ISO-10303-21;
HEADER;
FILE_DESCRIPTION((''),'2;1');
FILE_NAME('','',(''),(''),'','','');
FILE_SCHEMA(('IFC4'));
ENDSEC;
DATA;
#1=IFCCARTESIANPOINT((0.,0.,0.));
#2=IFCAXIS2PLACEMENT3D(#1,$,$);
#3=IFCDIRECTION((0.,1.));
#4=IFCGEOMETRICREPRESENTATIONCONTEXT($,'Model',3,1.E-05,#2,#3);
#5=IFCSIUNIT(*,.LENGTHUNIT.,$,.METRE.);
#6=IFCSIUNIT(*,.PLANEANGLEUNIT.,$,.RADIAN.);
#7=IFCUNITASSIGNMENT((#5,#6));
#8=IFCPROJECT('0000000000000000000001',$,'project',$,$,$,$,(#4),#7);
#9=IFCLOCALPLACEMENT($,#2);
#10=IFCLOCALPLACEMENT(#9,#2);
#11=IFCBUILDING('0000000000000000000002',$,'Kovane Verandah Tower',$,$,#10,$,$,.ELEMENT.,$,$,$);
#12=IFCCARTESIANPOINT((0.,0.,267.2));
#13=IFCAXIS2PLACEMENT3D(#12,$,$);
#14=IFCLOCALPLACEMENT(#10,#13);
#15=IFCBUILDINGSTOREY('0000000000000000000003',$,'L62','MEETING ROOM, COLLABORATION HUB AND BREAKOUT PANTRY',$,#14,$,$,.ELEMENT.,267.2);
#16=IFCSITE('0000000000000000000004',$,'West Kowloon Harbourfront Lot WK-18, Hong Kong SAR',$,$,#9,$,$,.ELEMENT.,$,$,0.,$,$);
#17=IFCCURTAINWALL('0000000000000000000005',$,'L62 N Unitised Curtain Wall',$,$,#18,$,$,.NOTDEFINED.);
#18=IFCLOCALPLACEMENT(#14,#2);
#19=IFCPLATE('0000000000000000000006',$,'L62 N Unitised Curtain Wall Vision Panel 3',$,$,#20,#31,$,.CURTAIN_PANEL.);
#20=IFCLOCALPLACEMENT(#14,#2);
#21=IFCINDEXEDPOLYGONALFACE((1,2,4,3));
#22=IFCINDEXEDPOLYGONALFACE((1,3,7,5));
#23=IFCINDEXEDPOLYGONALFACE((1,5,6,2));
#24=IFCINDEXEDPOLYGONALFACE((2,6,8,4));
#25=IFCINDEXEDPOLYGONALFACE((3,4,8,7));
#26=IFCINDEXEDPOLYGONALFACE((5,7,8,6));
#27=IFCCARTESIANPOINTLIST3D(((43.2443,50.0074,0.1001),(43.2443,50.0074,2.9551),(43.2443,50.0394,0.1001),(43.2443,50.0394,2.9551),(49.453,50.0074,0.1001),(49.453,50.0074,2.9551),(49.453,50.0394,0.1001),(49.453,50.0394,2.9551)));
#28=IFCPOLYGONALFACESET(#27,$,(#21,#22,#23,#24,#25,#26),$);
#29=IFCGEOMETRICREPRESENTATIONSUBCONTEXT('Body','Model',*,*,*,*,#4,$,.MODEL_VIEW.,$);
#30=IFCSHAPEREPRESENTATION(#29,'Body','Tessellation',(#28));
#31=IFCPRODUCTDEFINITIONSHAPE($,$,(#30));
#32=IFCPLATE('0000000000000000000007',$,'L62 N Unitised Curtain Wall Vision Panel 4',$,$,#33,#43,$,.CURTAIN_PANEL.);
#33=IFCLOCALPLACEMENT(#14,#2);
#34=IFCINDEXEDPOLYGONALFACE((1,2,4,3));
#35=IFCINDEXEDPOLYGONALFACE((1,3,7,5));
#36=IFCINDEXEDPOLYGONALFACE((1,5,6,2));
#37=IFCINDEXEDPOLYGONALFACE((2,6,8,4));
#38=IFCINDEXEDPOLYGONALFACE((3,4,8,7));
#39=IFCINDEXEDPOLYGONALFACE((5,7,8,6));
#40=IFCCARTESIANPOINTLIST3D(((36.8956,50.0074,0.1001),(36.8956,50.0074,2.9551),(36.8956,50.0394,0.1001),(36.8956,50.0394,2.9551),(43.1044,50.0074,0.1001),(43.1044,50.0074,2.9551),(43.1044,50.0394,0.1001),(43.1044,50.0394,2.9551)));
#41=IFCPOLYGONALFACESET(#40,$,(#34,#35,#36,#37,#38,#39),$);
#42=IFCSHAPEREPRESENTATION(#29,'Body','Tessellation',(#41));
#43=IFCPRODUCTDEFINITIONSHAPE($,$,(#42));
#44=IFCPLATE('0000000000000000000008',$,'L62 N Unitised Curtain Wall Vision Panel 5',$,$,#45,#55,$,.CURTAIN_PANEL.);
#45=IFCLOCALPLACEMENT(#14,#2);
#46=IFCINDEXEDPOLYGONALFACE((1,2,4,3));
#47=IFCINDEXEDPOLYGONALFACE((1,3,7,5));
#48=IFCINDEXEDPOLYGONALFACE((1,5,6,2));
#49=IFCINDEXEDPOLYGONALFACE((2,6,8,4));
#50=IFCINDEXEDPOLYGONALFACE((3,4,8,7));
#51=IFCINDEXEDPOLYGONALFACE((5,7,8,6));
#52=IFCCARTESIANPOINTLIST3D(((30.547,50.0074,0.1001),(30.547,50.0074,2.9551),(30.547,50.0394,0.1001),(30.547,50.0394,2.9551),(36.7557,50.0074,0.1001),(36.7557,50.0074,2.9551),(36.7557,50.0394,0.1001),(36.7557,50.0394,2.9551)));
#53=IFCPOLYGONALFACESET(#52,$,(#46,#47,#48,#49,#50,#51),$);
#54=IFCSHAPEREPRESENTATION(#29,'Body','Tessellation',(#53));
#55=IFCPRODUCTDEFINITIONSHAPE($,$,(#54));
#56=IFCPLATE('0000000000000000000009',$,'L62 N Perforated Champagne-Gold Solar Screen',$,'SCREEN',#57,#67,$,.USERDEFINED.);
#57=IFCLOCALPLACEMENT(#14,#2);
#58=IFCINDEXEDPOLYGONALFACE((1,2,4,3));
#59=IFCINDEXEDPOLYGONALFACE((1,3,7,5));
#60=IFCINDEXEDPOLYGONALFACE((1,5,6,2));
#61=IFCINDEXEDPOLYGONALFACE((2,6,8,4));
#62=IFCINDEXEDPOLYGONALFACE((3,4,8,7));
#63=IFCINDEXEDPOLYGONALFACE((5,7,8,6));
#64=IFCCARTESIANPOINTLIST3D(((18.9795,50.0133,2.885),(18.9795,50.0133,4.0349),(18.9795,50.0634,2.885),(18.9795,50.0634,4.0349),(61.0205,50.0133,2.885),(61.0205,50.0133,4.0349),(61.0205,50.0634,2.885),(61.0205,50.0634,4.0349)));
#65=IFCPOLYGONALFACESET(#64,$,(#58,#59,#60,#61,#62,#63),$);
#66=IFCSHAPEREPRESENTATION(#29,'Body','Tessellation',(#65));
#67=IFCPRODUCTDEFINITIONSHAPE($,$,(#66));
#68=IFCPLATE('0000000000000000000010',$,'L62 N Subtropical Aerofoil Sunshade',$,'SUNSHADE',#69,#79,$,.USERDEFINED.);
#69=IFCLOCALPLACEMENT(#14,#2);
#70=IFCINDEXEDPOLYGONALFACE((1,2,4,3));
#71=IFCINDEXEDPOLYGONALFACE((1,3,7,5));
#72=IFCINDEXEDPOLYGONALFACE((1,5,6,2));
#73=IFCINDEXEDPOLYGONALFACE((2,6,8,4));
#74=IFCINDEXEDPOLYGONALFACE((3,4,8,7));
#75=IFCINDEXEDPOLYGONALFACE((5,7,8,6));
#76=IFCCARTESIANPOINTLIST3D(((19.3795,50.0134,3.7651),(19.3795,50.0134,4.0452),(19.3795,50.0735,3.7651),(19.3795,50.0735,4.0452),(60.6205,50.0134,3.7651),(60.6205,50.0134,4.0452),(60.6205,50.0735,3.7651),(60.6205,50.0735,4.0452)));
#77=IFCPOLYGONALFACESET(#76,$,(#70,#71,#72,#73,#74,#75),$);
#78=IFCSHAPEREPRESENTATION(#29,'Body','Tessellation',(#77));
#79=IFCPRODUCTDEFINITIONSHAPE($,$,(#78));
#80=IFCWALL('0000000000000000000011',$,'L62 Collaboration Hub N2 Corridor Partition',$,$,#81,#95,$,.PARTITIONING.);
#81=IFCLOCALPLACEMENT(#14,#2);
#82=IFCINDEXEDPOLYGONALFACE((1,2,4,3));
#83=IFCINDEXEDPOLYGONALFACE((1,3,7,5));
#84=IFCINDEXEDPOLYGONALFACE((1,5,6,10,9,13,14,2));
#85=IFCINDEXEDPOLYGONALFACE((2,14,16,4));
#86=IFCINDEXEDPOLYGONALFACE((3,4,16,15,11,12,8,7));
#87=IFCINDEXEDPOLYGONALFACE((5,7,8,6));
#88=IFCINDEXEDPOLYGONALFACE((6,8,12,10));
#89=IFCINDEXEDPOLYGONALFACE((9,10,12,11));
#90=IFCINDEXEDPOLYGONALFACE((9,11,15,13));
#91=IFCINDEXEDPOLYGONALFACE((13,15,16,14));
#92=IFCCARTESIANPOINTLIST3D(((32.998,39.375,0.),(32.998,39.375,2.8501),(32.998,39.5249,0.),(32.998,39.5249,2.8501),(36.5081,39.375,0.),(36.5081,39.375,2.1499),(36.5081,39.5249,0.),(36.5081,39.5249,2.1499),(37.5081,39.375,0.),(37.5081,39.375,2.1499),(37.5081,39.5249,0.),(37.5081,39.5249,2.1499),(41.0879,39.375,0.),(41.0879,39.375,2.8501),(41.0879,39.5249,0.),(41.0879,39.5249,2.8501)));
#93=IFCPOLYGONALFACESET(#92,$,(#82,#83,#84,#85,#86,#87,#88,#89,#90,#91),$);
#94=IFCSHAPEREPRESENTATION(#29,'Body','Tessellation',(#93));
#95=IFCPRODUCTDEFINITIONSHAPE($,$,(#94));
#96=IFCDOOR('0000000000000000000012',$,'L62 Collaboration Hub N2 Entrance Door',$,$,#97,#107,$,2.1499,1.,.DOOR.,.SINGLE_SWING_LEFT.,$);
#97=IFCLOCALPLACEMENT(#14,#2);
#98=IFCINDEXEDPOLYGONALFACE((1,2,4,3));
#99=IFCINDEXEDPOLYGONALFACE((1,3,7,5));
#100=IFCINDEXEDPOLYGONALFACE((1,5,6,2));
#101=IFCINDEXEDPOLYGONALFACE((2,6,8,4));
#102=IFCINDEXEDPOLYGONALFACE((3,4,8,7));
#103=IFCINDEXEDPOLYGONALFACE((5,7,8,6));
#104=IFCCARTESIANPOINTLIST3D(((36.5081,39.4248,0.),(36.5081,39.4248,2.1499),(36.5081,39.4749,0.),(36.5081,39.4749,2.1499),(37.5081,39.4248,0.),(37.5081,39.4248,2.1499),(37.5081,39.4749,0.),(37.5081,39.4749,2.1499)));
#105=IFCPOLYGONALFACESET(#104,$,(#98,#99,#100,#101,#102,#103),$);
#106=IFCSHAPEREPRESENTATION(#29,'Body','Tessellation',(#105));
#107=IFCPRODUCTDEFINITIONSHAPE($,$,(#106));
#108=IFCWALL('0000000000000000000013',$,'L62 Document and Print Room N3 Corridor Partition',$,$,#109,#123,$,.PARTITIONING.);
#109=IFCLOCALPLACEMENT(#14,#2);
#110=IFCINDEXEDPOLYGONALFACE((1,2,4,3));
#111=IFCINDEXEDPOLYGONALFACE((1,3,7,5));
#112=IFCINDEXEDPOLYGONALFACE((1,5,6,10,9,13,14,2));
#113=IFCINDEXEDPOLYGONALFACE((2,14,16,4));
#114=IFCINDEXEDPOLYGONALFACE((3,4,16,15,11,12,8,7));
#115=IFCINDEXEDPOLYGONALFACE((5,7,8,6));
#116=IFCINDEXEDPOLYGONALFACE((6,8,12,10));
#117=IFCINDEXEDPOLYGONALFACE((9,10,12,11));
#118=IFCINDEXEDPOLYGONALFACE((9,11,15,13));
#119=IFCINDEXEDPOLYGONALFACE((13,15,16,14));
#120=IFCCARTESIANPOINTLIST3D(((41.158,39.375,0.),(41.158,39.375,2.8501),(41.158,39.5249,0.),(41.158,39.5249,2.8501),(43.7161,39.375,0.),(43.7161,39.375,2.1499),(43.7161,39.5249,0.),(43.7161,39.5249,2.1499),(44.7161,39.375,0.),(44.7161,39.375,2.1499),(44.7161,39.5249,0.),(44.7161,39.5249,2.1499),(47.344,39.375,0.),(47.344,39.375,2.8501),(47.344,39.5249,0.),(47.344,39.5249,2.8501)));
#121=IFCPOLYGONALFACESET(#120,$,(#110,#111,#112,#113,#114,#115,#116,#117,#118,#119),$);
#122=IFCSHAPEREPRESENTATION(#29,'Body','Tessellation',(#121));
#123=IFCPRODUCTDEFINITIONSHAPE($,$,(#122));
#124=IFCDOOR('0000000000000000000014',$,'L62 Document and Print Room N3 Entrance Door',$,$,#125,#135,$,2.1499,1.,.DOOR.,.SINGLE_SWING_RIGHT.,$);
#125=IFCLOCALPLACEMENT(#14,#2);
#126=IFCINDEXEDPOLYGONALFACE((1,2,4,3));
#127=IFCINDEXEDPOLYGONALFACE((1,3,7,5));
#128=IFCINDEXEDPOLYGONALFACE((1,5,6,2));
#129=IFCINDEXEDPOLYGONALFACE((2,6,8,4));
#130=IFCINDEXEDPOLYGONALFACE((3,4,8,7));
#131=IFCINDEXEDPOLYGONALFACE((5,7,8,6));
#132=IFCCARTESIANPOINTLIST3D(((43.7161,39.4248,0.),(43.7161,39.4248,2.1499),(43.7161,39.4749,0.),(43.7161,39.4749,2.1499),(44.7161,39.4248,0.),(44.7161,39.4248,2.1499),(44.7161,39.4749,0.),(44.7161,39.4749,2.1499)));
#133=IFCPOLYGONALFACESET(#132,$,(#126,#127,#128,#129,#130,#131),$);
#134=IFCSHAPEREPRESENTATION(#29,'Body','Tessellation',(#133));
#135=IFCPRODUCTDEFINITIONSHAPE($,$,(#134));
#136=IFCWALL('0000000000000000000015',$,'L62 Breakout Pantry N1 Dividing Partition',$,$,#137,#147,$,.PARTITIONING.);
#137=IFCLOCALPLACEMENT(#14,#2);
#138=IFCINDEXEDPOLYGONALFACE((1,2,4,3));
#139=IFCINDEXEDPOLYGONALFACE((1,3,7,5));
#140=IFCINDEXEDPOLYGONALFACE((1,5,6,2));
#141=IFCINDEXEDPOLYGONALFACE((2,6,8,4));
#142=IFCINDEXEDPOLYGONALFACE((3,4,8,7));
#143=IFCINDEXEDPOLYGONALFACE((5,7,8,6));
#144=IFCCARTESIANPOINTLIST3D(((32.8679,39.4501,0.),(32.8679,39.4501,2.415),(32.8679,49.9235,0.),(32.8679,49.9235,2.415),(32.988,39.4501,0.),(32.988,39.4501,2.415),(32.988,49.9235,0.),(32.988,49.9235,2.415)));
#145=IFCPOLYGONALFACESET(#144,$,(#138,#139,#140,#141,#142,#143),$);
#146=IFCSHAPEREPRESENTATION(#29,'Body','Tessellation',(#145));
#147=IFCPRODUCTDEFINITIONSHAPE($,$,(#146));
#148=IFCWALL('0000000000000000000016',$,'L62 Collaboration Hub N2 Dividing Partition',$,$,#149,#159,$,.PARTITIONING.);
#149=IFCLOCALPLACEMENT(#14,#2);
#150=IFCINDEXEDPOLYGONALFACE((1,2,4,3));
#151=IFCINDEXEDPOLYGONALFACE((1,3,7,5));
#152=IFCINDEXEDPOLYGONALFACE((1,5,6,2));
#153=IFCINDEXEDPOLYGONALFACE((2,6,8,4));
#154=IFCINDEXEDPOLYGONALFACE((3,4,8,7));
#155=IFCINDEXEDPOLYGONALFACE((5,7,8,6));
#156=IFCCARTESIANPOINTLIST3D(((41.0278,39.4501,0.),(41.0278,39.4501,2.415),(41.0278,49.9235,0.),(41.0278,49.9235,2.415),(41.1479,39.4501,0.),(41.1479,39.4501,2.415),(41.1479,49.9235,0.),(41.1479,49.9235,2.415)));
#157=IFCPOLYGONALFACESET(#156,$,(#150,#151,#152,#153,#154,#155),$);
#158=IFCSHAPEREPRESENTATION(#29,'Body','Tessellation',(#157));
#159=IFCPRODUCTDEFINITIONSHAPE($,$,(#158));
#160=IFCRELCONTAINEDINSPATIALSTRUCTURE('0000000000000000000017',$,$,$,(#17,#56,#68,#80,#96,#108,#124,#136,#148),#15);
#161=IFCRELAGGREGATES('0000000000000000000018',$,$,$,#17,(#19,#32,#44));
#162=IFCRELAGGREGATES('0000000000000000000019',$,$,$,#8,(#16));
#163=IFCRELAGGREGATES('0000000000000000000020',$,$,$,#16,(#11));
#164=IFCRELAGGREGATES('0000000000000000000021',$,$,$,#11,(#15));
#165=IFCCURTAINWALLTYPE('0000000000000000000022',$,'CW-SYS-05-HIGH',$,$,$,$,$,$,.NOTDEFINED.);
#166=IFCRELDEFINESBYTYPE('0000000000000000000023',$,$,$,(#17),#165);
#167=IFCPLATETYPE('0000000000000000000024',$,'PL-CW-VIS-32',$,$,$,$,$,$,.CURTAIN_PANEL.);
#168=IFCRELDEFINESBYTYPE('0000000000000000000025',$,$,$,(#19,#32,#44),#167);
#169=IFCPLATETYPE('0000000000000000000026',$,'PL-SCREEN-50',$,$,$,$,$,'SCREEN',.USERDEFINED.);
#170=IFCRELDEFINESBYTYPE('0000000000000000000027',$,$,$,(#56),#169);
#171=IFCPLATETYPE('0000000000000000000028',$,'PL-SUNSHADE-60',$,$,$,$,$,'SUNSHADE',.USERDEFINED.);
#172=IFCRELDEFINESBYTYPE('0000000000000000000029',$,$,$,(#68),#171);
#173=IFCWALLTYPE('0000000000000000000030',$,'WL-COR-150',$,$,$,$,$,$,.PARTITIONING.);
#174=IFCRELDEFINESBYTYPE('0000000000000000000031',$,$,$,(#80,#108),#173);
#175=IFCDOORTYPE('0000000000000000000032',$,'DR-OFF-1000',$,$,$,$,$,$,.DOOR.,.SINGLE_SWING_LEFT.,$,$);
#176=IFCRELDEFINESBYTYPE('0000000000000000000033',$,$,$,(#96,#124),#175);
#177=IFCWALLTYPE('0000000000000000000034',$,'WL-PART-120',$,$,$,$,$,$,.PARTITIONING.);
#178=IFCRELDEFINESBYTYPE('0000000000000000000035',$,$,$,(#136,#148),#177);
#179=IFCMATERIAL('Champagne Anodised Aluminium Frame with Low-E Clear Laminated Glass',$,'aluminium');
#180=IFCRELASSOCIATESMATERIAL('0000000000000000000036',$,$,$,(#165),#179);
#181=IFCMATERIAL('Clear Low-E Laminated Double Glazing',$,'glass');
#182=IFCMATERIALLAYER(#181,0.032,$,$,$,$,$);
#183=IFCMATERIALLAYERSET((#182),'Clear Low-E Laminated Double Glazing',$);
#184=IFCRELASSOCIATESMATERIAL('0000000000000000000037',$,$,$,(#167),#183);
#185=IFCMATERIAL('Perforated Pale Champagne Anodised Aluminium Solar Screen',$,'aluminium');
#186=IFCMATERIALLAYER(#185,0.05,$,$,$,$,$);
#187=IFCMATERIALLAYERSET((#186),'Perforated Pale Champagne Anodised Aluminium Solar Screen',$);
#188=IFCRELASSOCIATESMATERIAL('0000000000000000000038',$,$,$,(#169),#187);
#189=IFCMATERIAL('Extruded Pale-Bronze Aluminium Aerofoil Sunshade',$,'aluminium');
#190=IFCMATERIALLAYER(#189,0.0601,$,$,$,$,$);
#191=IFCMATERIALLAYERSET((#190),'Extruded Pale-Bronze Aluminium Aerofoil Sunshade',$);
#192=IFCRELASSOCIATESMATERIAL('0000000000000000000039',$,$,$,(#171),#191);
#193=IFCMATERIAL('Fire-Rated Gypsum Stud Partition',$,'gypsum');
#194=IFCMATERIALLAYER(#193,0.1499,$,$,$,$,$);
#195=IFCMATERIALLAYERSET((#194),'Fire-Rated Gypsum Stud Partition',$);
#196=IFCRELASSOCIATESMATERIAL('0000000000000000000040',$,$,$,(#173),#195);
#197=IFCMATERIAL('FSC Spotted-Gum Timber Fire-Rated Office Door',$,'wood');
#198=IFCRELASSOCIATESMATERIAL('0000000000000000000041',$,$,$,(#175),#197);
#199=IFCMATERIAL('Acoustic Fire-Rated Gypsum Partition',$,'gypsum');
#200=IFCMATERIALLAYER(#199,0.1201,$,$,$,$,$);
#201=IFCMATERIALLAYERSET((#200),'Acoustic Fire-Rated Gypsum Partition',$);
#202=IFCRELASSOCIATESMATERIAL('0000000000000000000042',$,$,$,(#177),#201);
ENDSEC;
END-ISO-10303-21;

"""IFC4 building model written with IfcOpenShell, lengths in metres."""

from ifc_helpers import new_model, si_unit, direction, frame, frame_2d, origin, origin_2d, place, context, subcontext, project, spatial, rectangle, extrude, material, layer, layer_set, type_object, element, fill, aggregate, save


model = new_model("IFC4")

# Units and contexts
model_context = context("Model", 3, precision=1e-05, world=origin(), true_north=direction((0.0, 1.0)))
body_context = subcontext(model_context, "Body", "Model", "MODEL_VIEW")
ifc_project = project(units=[si_unit("LENGTHUNIT", "METRE"), si_unit("PLANEANGLEUNIT", "RADIAN")], contexts=[model_context])

# Site, building, storey
site_placement = place(None, origin())
site = spatial("IfcSite", under=ifc_project, at=site_placement, Name="West Kowloon Harbourfront Lot WK-18, Hong Kong SAR", CompositionType="ELEMENT", RefElevation=0.0)
building_placement = place(site_placement, origin())
building = spatial("IfcBuilding", under=site, at=building_placement, Name="Kovane Verandah Tower", CompositionType="ELEMENT")
storey_placement = place(building_placement, frame((0.0, 0.0, 267.2)))
storey = spatial("IfcBuildingStorey", under=building, at=storey_placement, Name="L62", Description="MEETING ROOM, COLLABORATION HUB AND BREAKOUT PANTRY", CompositionType="ELEMENT", Elevation=267.2)

# Curtain wall, plates
ifc_material_1 = material(Name="Champagne Anodised Aluminium Frame with Low-E Clear Laminated Glass", Category="aluminium")
curtain_wall_type = type_object("IfcCurtainWallType", Name="CW-SYS-05-HIGH", PredefinedType="NOTDEFINED", material=ifc_material_1)
curtain_wall_placement = place(storey_placement, origin())
curtain_wall = element("IfcCurtainWall", 1, at=curtain_wall_placement, inside=storey, type_object=curtain_wall_type, Name="L62 N Unitised Curtain Wall", PredefinedType="NOTDEFINED")
ifc_material_2 = material(Name="Clear Low-E Laminated Double Glazing", Category="glass")
ifc_layer_1 = layer(ifc_material_2, 0.032)
ifc_layer_set_1 = layer_set([ifc_layer_1], Name="Clear Low-E Laminated Double Glazing")
plate_type_1 = type_object("IfcPlateType", Name="PL-CW-VIS-32", PredefinedType="CURTAIN_PANEL", material=ifc_layer_set_1)
plate_1_placement = place(storey_placement, frame((46.3486, 50.0234, 0.1001), z_axis=(0.0, 0.0, 1.0), x_axis=(-1.0, 0.0, 0.0)))
plate_1 = element("IfcPlate", 2, at=plate_1_placement, type_object=plate_type_1, Name="L62 N Unitised Curtain Wall Vision Panel 3", PredefinedType="CURTAIN_PANEL", context=body_context, shape_type="SweptSolid", body=[
    extrude(rectangle(XDim=6.2087, YDim=0.032, at=origin_2d()), origin(), (0.0, 0.0, 1.0), 2.855),
])
plate_2_placement = place(storey_placement, frame((40.0, 50.0234, 0.1001), z_axis=(0.0, 0.0, 1.0), x_axis=(-1.0, 0.0, 0.0)))
plate_2 = element("IfcPlate", 3, at=plate_2_placement, type_object=plate_type_1, Name="L62 N Unitised Curtain Wall Vision Panel 4", PredefinedType="CURTAIN_PANEL", context=body_context, shape_type="SweptSolid", body=[
    extrude(rectangle(XDim=6.2087, YDim=0.032, at=origin_2d()), origin(), (0.0, 0.0, 1.0), 2.855),
])
plate_3_placement = place(storey_placement, frame((33.6514, 50.0234, 0.1001), z_axis=(0.0, 0.0, 1.0), x_axis=(-1.0, 0.0, 0.0)))
plate_3 = element("IfcPlate", 4, at=plate_3_placement, type_object=plate_type_1, Name="L62 N Unitised Curtain Wall Vision Panel 5", PredefinedType="CURTAIN_PANEL", context=body_context, shape_type="SweptSolid", body=[
    extrude(rectangle(XDim=6.2087, YDim=0.032, at=origin_2d()), origin(), (0.0, 0.0, 1.0), 2.855),
])
aggregate(curtain_wall, [plate_1, plate_2, plate_3])

# Plates
ifc_material_3 = material(Name="Perforated Pale Champagne Anodised Aluminium Solar Screen", Category="aluminium")
ifc_layer_2 = layer(ifc_material_3, 0.05)
ifc_layer_set_2 = layer_set([ifc_layer_2], Name="Perforated Pale Champagne Anodised Aluminium Solar Screen")
plate_type_2 = type_object("IfcPlateType", Name="PL-SCREEN-50", ElementType="SCREEN", PredefinedType="USERDEFINED", material=ifc_layer_set_2)
plate_4_placement = place(storey_placement, frame((40.0, 50.0383, 2.885), z_axis=(0.0, 0.0, 1.0), x_axis=(-1.0, 0.0, 0.0)))
element("IfcPlate", 5, at=plate_4_placement, inside=storey, type_object=plate_type_2, Name="L62 N Perforated Champagne-Gold Solar Screen", ObjectType="SCREEN", PredefinedType="USERDEFINED", context=body_context, shape_type="SweptSolid", body=[
    extrude(rectangle(XDim=42.041, YDim=0.05, at=origin_2d()), origin(), (0.0, 0.0, 1.0), 1.1499),
])
ifc_material_4 = material(Name="Extruded Pale-Bronze Aluminium Aerofoil Sunshade", Category="aluminium")
ifc_layer_3 = layer(ifc_material_4, 0.0601)
ifc_layer_set_3 = layer_set([ifc_layer_3], Name="Extruded Pale-Bronze Aluminium Aerofoil Sunshade")
plate_type_3 = type_object("IfcPlateType", Name="PL-SUNSHADE-60", ElementType="SUNSHADE", PredefinedType="USERDEFINED", material=ifc_layer_set_3)
plate_5_placement = place(storey_placement, frame((40.0, 50.0435, 3.7651), z_axis=(0.0, 0.0, 1.0), x_axis=(-1.0, 0.0, 0.0)))
element("IfcPlate", 6, at=plate_5_placement, inside=storey, type_object=plate_type_3, Name="L62 N Subtropical Aerofoil Sunshade", ObjectType="SUNSHADE", PredefinedType="USERDEFINED", context=body_context, shape_type="SweptSolid", body=[
    extrude(rectangle(XDim=41.241, YDim=0.0601, at=origin_2d()), origin(), (0.0, 0.0, 1.0), 0.28),
])

# Walls, openings, doors
ifc_material_5 = material(Name="Fire-Rated Gypsum Stud Partition", Category="gypsum")
ifc_layer_4 = layer(ifc_material_5, 0.1499)
ifc_layer_set_4 = layer_set([ifc_layer_4], Name="Fire-Rated Gypsum Stud Partition")
wall_type_1 = type_object("IfcWallType", Name="WL-COR-150", PredefinedType="PARTITIONING", material=ifc_layer_set_4)
wall_1_placement = place(storey_placement, frame((32.998, 39.45, 0.0), z_axis=(0.0, 0.0, 1.0), x_axis=(1.0, 0.0, 0.0)))
wall_1 = element("IfcWall", 7, at=wall_1_placement, inside=storey, type_object=wall_type_1, Name="L62 Collaboration Hub N2 Corridor Partition", PredefinedType="PARTITIONING", context=body_context, shape_type="SweptSolid", body=[
    extrude(rectangle(XDim=8.0898, YDim=0.1499, at=frame_2d((4.0449, 0.0))), origin(), (0.0, 0.0, 1.0), 2.8501),
])
opening_1_placement = place(wall_1_placement, frame((3.51, 0.0, 0.0)))
opening_1 = element("IfcOpeningElement", 8, at=opening_1_placement, cuts=wall_1, PredefinedType="OPENING", context=body_context, shape_type="SweptSolid", body=[
    extrude(rectangle(XDim=1.0, YDim=2.1499, at=frame_2d((0.5, 1.075))), frame((0.0, 0.075, 0.0), z_axis=(0.0, -1.0, 0.0), x_axis=(1.0, 0.0, 0.0)), (0.0, 0.0, 1.0), 0.1499),
])
ifc_material_6 = material(Name="FSC Spotted-Gum Timber Fire-Rated Office Door", Category="wood")
door_type = type_object("IfcDoorType", Name="DR-OFF-1000", OperationType="SINGLE_SWING_LEFT", PredefinedType="DOOR", material=ifc_material_6)
door_1_placement = place(opening_1_placement, origin())
door_1 = element("IfcDoor", 9, at=door_1_placement, inside=storey, type_object=door_type, Name="L62 Collaboration Hub N2 Entrance Door", OperationType="SINGLE_SWING_LEFT", OverallHeight=2.1499, OverallWidth=1.0, PredefinedType="DOOR", context=body_context, shape_type="SweptSolid", body=[
    extrude(rectangle(XDim=1.0, YDim=2.1499, at=frame_2d((0.5, 1.075))), frame((0.0, 0.0249, 0.0), z_axis=(0.0, -1.0, 0.0), x_axis=(1.0, 0.0, 0.0)), (0.0, 0.0, 1.0), 0.05),
])
fill(opening_1, door_1)
wall_2_placement = place(storey_placement, frame((41.158, 39.45, 0.0), z_axis=(0.0, 0.0, 1.0), x_axis=(1.0, 0.0, 0.0)))
wall_2 = element("IfcWall", 10, at=wall_2_placement, inside=storey, type_object=wall_type_1, Name="L62 Document and Print Room N3 Corridor Partition", PredefinedType="PARTITIONING", context=body_context, shape_type="SweptSolid", body=[
    extrude(rectangle(XDim=6.186, YDim=0.1499, at=frame_2d((3.093, 0.0))), origin(), (0.0, 0.0, 1.0), 2.8501),
])
opening_2_placement = place(wall_2_placement, frame((2.5581, 0.0, 0.0)))
opening_2 = element("IfcOpeningElement", 11, at=opening_2_placement, cuts=wall_2, PredefinedType="OPENING", context=body_context, shape_type="SweptSolid", body=[
    extrude(rectangle(XDim=1.0, YDim=2.1499, at=frame_2d((0.5, 1.075))), frame((0.0, 0.075, 0.0), z_axis=(0.0, -1.0, 0.0), x_axis=(1.0, 0.0, 0.0)), (0.0, 0.0, 1.0), 0.1499),
])
door_2_placement = place(opening_2_placement, origin())
door_2 = element("IfcDoor", 12, at=door_2_placement, inside=storey, type_object=door_type, Name="L62 Document and Print Room N3 Entrance Door", OperationType="SINGLE_SWING_RIGHT", OverallHeight=2.1499, OverallWidth=1.0, PredefinedType="DOOR", context=body_context, shape_type="SweptSolid", body=[
    extrude(rectangle(XDim=1.0, YDim=2.1499, at=frame_2d((0.5, 1.075))), frame((0.0, 0.0249, 0.0), z_axis=(0.0, -1.0, 0.0), x_axis=(1.0, 0.0, 0.0)), (0.0, 0.0, 1.0), 0.05),
])
fill(opening_2, door_2)

# Walls
ifc_material_7 = material(Name="Acoustic Fire-Rated Gypsum Partition", Category="gypsum")
ifc_layer_5 = layer(ifc_material_7, 0.1201)
ifc_layer_set_5 = layer_set([ifc_layer_5], Name="Acoustic Fire-Rated Gypsum Partition")
wall_type_2 = type_object("IfcWallType", Name="WL-PART-120", PredefinedType="PARTITIONING", material=ifc_layer_set_5)
for number, where, z_axis, x_axis, name in (
    (13, (32.928, 39.45, 0.0), (0.0, 0.0, 1.0), (0.0, 1.0, 0.0), "L62 Breakout Pantry N1 Dividing Partition"),
    (14, (41.0879, 39.45, 0.0), (0.0, 0.0, 1.0), (0.0, 1.0, 0.0), "L62 Collaboration Hub N2 Dividing Partition"),
):
    element("IfcWall", number, at=place(storey_placement, frame(where, z_axis=z_axis, x_axis=x_axis)), inside=storey, type_object=wall_type_2, Name=name, PredefinedType="PARTITIONING", context=body_context, shape_type="SweptSolid", body=[
        extrude(rectangle(XDim=10.4734, YDim=0.1201, at=frame_2d((5.2368, 0.0))), origin(), (0.0, 0.0, 1.0), 2.415),
    ])

save(model, "model.ifc")
